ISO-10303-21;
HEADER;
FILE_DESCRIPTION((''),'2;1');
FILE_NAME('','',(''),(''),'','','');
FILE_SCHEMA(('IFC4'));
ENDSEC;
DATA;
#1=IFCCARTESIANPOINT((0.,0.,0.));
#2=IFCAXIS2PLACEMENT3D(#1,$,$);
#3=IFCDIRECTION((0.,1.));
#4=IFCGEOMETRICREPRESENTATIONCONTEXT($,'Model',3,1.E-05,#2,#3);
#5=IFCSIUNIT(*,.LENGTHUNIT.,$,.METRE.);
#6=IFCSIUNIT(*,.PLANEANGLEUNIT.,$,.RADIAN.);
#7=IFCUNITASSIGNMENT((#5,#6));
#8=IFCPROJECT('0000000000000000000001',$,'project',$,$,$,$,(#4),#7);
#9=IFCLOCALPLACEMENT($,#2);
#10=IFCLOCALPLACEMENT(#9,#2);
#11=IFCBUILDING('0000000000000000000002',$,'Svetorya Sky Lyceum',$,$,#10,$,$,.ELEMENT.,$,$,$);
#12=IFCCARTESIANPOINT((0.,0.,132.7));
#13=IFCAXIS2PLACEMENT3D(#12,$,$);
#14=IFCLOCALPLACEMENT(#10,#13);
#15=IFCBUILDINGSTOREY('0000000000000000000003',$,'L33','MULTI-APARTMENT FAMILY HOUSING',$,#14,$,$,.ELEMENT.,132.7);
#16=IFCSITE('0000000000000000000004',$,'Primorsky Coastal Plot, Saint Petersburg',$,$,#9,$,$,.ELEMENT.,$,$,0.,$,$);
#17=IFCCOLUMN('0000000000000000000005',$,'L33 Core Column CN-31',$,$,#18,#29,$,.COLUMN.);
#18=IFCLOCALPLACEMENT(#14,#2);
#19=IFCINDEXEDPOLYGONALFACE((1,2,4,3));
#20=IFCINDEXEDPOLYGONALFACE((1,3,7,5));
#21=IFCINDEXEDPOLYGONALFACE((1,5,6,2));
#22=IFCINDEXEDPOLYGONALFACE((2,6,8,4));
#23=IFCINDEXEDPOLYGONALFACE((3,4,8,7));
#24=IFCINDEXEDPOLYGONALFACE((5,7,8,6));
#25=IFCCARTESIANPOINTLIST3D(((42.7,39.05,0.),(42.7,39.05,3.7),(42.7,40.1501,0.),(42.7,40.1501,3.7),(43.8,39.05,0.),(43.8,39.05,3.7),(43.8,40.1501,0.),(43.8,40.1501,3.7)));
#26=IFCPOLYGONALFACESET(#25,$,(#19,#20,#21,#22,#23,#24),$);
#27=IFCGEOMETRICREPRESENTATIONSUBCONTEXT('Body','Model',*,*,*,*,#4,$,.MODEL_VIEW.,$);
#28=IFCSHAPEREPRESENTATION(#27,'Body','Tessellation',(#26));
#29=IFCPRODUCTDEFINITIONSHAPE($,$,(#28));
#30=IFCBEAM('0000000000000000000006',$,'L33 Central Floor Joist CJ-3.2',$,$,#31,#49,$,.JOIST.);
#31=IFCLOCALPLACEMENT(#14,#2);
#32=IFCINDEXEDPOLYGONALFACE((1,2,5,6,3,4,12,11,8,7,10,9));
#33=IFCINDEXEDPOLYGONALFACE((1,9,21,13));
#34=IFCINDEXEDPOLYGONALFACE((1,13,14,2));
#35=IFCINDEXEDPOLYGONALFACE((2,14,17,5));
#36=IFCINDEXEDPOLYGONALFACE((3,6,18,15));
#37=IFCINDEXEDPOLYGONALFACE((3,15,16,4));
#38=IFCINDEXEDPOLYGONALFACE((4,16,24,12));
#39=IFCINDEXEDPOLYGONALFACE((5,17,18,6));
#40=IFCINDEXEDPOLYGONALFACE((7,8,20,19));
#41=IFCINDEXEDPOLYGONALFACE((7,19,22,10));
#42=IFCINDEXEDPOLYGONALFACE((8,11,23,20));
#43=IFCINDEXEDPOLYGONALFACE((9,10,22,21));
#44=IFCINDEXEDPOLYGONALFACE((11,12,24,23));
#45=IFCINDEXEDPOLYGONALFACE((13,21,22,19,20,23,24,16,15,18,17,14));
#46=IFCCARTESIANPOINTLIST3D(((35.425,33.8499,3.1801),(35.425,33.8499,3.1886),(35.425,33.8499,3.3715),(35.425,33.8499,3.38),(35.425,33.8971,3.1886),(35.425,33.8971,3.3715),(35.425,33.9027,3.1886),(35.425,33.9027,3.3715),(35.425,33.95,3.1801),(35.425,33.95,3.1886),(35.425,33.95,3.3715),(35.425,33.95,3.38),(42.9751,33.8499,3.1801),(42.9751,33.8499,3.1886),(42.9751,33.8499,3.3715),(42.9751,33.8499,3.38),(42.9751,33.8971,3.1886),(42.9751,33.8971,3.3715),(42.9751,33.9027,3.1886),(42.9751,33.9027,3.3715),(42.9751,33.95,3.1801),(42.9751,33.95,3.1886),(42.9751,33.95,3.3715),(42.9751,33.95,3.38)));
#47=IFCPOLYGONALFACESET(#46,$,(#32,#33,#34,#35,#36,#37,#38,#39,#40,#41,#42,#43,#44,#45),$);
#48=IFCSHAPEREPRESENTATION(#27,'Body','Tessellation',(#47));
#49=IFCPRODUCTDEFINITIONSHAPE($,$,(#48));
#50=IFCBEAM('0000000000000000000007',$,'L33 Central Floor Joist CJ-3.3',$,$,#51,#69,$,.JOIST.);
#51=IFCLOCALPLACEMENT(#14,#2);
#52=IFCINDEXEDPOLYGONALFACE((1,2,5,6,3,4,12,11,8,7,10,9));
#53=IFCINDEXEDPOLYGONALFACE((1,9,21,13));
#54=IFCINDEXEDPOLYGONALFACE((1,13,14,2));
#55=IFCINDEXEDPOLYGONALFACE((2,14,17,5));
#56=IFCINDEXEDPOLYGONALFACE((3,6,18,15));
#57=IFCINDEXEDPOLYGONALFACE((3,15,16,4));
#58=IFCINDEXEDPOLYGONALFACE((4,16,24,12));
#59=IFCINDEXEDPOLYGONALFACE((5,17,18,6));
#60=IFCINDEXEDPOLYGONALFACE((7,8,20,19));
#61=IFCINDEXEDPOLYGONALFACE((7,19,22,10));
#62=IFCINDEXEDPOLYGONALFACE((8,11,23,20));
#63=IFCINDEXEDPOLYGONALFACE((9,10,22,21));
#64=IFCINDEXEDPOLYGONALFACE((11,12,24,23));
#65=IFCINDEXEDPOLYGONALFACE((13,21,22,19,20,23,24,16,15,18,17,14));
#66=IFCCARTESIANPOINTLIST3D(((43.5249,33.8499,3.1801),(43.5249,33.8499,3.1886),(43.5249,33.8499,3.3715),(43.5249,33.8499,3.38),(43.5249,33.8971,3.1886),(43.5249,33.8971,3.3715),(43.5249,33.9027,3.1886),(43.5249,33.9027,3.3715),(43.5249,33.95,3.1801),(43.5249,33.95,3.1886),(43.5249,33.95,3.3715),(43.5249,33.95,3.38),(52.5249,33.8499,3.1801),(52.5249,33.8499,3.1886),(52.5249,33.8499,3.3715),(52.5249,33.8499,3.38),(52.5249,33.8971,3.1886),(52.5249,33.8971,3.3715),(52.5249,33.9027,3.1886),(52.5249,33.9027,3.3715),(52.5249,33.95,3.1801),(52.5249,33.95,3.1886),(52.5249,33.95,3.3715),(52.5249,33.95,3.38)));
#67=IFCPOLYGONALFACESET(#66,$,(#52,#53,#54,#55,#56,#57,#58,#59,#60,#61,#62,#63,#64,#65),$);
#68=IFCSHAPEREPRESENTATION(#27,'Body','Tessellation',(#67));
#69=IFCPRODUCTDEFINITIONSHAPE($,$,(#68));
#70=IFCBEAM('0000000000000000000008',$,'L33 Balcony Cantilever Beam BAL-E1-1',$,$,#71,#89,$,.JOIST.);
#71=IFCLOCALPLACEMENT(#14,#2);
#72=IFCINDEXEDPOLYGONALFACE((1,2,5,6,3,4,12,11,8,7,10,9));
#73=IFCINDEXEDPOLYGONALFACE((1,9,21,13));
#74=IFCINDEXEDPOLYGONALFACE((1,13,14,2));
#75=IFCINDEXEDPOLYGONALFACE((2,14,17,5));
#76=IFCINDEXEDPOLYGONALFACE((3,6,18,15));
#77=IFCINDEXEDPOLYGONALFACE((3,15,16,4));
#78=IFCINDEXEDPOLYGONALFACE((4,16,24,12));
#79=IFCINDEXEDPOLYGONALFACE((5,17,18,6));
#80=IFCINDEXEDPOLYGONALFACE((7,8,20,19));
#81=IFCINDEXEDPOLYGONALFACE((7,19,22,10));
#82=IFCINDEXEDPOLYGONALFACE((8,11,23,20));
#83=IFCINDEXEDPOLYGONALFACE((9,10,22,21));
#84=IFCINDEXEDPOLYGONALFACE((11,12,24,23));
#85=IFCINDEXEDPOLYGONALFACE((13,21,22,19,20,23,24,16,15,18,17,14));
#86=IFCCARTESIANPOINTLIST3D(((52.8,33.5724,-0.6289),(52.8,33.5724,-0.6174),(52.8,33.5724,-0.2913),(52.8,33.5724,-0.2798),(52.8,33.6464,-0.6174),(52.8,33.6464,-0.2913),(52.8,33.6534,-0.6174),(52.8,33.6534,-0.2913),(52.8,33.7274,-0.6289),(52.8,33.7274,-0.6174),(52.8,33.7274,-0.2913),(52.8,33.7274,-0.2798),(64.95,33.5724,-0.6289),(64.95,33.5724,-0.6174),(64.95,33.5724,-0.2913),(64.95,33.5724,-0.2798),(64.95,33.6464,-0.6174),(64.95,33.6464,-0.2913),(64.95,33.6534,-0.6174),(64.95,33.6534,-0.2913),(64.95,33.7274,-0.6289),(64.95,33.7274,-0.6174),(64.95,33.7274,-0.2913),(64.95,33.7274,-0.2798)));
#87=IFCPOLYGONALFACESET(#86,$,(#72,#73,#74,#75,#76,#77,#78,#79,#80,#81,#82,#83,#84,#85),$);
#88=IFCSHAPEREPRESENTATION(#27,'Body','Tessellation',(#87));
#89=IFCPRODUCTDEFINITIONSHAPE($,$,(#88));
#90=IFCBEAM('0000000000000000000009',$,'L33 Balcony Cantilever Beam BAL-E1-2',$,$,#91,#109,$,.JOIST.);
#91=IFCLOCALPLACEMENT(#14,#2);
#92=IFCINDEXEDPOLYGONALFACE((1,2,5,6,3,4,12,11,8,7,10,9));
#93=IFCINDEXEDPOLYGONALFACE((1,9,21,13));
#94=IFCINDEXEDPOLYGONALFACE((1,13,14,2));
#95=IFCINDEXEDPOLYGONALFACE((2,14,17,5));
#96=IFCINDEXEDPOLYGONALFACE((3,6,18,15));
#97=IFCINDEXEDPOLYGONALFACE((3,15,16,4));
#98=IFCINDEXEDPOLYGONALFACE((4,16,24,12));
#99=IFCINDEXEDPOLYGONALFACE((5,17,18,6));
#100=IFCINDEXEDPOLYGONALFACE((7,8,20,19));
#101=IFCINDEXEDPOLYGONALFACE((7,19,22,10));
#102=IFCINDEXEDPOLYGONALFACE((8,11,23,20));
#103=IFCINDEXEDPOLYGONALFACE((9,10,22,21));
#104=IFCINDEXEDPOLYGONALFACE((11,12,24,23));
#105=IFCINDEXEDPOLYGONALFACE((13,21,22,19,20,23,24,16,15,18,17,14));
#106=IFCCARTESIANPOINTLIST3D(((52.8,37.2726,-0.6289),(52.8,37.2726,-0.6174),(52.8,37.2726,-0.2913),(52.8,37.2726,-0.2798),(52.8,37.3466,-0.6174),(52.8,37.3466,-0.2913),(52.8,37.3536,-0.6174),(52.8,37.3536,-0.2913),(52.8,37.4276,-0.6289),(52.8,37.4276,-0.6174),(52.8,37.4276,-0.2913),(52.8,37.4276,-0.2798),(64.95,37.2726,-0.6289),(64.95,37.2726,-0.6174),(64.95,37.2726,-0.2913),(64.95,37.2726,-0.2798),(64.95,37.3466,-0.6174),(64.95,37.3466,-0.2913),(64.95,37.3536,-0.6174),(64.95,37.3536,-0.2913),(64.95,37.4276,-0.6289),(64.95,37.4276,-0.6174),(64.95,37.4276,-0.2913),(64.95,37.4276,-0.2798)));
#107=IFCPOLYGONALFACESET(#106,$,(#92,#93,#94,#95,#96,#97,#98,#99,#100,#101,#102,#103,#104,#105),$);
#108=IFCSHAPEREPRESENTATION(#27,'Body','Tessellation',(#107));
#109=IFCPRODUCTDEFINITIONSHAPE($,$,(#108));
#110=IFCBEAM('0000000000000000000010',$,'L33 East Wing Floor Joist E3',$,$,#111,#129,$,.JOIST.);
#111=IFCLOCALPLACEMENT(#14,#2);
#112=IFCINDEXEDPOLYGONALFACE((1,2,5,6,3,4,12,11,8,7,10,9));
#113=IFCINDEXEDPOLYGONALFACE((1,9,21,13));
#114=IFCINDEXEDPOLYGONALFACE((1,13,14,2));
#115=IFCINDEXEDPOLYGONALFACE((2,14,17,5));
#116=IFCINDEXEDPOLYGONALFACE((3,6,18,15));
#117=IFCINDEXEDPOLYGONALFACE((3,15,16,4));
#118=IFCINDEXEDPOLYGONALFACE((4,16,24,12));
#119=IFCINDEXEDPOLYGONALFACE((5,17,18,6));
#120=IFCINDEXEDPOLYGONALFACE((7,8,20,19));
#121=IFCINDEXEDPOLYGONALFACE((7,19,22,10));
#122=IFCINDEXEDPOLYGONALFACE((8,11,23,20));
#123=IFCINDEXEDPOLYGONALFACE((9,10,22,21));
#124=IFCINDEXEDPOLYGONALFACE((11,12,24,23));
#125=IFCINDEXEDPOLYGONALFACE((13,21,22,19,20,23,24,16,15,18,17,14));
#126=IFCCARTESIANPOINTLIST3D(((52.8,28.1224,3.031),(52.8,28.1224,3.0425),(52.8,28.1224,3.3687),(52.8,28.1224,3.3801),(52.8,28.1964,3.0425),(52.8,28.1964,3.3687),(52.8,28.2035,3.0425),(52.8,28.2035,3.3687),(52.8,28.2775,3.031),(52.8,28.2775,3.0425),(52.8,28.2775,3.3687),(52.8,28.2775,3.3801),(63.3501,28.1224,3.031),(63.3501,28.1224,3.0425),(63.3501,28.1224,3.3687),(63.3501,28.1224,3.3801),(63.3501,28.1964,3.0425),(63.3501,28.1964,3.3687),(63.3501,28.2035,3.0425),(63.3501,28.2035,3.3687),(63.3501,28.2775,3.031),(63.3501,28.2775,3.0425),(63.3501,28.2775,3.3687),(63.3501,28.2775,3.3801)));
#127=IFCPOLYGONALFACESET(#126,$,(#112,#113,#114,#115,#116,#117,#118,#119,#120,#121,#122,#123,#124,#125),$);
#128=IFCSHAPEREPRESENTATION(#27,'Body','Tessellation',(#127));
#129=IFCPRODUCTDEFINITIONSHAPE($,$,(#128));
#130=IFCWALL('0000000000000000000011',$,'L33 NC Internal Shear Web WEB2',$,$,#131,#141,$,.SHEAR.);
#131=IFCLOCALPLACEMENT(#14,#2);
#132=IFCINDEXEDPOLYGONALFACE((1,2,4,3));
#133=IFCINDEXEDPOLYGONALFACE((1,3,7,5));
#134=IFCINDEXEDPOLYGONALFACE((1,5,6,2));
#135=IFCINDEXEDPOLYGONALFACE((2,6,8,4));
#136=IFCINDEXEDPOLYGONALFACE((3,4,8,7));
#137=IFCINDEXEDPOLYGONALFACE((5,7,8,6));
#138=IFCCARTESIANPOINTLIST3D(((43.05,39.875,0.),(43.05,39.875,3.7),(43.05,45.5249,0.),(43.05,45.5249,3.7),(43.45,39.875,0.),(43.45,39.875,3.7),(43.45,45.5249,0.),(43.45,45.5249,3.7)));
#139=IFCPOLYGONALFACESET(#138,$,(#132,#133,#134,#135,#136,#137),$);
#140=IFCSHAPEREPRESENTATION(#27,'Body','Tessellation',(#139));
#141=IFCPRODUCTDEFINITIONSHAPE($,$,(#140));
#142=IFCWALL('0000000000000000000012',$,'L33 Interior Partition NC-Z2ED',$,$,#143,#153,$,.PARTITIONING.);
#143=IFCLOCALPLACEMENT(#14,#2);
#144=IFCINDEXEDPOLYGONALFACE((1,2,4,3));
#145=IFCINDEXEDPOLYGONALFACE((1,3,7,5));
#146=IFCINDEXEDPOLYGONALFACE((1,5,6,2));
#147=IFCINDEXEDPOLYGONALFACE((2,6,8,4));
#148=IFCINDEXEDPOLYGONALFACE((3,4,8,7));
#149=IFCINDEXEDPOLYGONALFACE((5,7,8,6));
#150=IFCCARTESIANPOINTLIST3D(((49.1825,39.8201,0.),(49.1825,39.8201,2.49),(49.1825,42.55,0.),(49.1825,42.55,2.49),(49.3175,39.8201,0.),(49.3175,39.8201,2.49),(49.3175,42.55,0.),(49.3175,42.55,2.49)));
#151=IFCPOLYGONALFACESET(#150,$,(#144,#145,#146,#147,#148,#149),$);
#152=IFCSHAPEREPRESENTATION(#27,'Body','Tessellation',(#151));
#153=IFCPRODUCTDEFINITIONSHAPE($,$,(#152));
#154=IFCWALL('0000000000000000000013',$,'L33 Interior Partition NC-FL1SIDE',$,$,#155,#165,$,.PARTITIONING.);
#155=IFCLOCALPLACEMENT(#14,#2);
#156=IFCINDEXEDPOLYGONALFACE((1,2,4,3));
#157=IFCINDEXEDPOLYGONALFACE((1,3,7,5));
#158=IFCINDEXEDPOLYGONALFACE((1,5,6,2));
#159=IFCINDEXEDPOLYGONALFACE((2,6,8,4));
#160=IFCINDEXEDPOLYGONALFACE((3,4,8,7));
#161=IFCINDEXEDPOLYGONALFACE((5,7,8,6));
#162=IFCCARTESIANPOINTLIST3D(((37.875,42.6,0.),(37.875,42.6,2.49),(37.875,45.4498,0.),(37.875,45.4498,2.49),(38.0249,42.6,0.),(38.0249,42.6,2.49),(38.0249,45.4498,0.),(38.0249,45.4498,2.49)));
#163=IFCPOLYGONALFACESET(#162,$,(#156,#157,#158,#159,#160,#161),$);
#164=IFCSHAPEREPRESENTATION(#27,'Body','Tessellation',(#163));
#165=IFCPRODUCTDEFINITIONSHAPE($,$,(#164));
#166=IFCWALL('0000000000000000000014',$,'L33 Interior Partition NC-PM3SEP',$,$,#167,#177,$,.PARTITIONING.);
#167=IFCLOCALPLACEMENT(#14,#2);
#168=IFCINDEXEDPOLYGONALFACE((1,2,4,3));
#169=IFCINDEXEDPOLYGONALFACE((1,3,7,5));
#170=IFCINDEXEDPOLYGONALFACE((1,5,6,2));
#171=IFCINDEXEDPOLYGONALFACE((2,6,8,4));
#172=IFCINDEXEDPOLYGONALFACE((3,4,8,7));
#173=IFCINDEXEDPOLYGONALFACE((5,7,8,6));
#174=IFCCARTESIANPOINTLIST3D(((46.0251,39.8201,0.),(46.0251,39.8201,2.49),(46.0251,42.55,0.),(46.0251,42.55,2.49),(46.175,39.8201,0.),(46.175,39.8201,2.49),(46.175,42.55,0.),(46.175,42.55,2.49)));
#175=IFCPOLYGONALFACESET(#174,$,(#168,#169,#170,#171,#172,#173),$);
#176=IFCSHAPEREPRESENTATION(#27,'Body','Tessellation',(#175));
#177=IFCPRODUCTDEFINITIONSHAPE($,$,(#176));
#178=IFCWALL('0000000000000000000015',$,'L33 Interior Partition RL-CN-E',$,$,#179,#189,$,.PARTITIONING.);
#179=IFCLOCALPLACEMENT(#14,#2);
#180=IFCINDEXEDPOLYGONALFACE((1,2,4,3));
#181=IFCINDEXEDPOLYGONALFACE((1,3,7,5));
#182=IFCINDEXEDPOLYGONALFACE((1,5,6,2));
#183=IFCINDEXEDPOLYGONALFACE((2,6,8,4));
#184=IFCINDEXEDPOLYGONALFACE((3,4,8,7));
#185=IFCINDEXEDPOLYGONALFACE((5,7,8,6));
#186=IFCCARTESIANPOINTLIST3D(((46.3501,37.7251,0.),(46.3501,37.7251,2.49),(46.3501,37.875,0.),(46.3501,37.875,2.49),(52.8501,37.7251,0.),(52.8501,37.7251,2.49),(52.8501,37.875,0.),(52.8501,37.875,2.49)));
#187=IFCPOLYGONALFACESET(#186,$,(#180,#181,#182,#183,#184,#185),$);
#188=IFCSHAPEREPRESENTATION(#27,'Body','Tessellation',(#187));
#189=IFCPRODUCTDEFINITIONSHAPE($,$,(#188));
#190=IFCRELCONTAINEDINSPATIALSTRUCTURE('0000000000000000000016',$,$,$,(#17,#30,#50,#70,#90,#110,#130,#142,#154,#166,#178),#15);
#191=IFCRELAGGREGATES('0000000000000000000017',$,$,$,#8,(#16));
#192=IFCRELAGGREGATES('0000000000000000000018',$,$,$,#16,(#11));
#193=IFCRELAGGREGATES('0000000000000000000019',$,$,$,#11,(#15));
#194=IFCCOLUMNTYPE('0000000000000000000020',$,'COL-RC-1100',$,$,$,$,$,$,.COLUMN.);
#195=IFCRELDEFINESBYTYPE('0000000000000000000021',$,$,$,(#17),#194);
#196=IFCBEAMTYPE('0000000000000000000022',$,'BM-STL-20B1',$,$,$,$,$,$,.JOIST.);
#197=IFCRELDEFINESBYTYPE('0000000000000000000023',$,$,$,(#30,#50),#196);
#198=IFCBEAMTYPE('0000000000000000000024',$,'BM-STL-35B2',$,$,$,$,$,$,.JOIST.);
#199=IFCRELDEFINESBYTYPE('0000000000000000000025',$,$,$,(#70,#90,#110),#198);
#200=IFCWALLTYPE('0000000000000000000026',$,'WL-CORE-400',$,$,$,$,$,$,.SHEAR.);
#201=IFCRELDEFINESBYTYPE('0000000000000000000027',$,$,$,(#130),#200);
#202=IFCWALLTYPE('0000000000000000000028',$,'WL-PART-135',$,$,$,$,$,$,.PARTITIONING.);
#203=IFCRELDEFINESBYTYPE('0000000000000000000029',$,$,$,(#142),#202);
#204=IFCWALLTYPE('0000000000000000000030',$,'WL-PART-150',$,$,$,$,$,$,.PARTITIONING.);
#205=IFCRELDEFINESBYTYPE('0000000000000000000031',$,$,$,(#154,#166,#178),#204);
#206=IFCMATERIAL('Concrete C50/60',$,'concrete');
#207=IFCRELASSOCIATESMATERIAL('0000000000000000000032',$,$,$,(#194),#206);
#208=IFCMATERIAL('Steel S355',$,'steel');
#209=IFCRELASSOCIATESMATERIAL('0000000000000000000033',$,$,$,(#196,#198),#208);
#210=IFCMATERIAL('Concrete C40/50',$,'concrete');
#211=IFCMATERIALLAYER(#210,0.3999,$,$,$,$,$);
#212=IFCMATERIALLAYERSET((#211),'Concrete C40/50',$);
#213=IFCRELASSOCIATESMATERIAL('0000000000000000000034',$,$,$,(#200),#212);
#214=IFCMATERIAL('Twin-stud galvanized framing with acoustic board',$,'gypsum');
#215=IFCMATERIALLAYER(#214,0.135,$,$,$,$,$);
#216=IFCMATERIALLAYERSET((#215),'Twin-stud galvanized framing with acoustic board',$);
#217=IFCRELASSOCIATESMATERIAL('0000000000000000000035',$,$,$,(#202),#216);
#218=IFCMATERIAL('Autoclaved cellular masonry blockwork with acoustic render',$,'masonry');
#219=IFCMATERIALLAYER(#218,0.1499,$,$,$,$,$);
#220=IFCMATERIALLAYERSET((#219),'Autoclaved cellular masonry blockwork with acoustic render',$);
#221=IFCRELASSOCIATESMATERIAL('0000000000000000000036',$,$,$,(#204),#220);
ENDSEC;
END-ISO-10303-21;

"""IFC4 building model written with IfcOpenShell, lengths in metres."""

from ifc_helpers import new_model, si_unit, direction, frame, frame_2d, origin, origin_2d, place, context, subcontext, project, spatial, rectangle, i_section, extrude, material, layer, layer_set, material_profile, profile_set, type_object, element, save


model = new_model("IFC4")

# Units and contexts
model_context = context("Model", 3, precision=1e-05, world=origin(), true_north=direction((0.0, 1.0)))
body_context = subcontext(model_context, "Body", "Model", "MODEL_VIEW")
ifc_project = project(units=[si_unit("LENGTHUNIT", "METRE"), si_unit("PLANEANGLEUNIT", "RADIAN")], contexts=[model_context])

# Site, building, storey
site_placement = place(None, origin())
site = spatial("IfcSite", under=ifc_project, at=site_placement, Name="Primorsky Coastal Plot, Saint Petersburg", CompositionType="ELEMENT", RefElevation=0.0)
building_placement = place(site_placement, origin())
building = spatial("IfcBuilding", under=site, at=building_placement, Name="Svetorya Sky Lyceum", CompositionType="ELEMENT")
storey_placement = place(building_placement, frame((0.0, 0.0, 132.7)))
storey = spatial("IfcBuildingStorey", under=building, at=storey_placement, Name="L33", Description="MULTI-APARTMENT FAMILY HOUSING", CompositionType="ELEMENT", Elevation=132.7)

# Column
ifc_material_1 = material(Name="Concrete C50/60", Category="concrete")
ifc_material_profile_1 = material_profile(ifc_material_1, rectangle(XDim=1.1001, YDim=1.1001, at=origin_2d()), Name="RC COL 1100x1100")
ifc_profile_set_1 = profile_set([ifc_material_profile_1], Name="Concrete C50/60")
column_type = type_object("IfcColumnType", Name="COL-RC-1100", PredefinedType="COLUMN", material=ifc_profile_set_1)
column_placement = place(storey_placement, frame((43.25, 39.6001, 0.0), z_axis=(0.0, 0.0, 1.0), x_axis=(1.0, 0.0, 0.0)))
element("IfcColumn", 1, at=column_placement, inside=storey, type_object=column_type, Name="L33 Core Column CN-31", PredefinedType="COLUMN", context=body_context, shape_type="SweptSolid", body=[
    extrude(rectangle(XDim=1.1001, YDim=1.1001, at=origin_2d()), origin(), (0.0, 0.0, 1.0), 3.7),
])

# Beams
ifc_material_2 = material(Name="Steel S355", Category="steel")
ifc_material_profile_2 = material_profile(ifc_material_2, i_section(OverallWidth=0.1001, OverallDepth=0.2, WebThickness=0.0056, FlangeThickness=0.0085, at=origin_2d()), Name="GOST 20B1")
ifc_profile_set_2 = profile_set([ifc_material_profile_2], Name="Steel S355")
beam_type_1 = type_object("IfcBeamType", Name="BM-STL-20B1", PredefinedType="JOIST", material=ifc_profile_set_2)
beam_1_placement = place(storey_placement, frame((35.425, 33.8999, 3.28), z_axis=(1.0, 0.0, 0.0), x_axis=(0.0, 1.0, 0.0)))
element("IfcBeam", 2, at=beam_1_placement, inside=storey, type_object=beam_type_1, Name="L33 Central Floor Joist CJ-3.2", PredefinedType="JOIST", context=body_context, shape_type="SweptSolid", body=[
    extrude(i_section(OverallWidth=0.1001, OverallDepth=0.2, WebThickness=0.0056, FlangeThickness=0.0085, at=origin_2d()), origin(), (0.0, 0.0, 1.0), 7.55),
])
beam_2_placement = place(storey_placement, frame((43.5249, 33.8999, 3.28), z_axis=(1.0, 0.0, 0.0), x_axis=(0.0, 1.0, 0.0)))
element("IfcBeam", 3, at=beam_2_placement, inside=storey, type_object=beam_type_1, Name="L33 Central Floor Joist CJ-3.3", PredefinedType="JOIST", context=body_context, shape_type="SweptSolid", body=[
    extrude(i_section(OverallWidth=0.1001, OverallDepth=0.2, WebThickness=0.0056, FlangeThickness=0.0085, at=origin_2d()), origin(), (0.0, 0.0, 1.0), 9.0),
])
ifc_material_profile_3 = material_profile(ifc_material_2, i_section(OverallWidth=0.155, OverallDepth=0.3491, WebThickness=0.0071, FlangeThickness=0.0115, at=origin_2d()), Name="GOST 35B2")
ifc_profile_set_3 = profile_set([ifc_material_profile_3], Name="Steel S355")
beam_type_2 = type_object("IfcBeamType", Name="BM-STL-35B2", PredefinedType="JOIST", material=ifc_profile_set_3)
for number, where, z_axis, x_axis, name in (
    (4, (52.8, 33.6499, -0.4543), (1.0, 0.0, 0.0), (0.0, 1.0, 0.0), "L33 Balcony Cantilever Beam BAL-E1-1"),
    (5, (52.8, 37.3501, -0.4543), (1.0, 0.0, 0.0), (0.0, 1.0, 0.0), "L33 Balcony Cantilever Beam BAL-E1-2"),
):
    element("IfcBeam", number, at=place(storey_placement, frame(where, z_axis=z_axis, x_axis=x_axis)), inside=storey, type_object=beam_type_2, Name=name, PredefinedType="JOIST", context=body_context, shape_type="SweptSolid", body=[
        extrude(i_section(OverallWidth=0.155, OverallDepth=0.3491, WebThickness=0.0071, FlangeThickness=0.0115, at=origin_2d()), origin(), (0.0, 0.0, 1.0), 12.1499),
    ])
beam_3_placement = place(storey_placement, frame((52.8, 28.2, 3.2056), z_axis=(1.0, 0.0, 0.0), x_axis=(0.0, 1.0, 0.0)))
element("IfcBeam", 6, at=beam_3_placement, inside=storey, type_object=beam_type_2, Name="L33 East Wing Floor Joist E3", PredefinedType="JOIST", context=body_context, shape_type="SweptSolid", body=[
    extrude(i_section(OverallWidth=0.155, OverallDepth=0.3491, WebThickness=0.0071, FlangeThickness=0.0115, at=origin_2d()), origin(), (0.0, 0.0, 1.0), 10.55),
])

# Wall
ifc_material_3 = material(Name="Concrete C40/50", Category="concrete")
ifc_layer_1 = layer(ifc_material_3, 0.3999)
ifc_layer_set_1 = layer_set([ifc_layer_1], Name="Concrete C40/50")
wall_type_1 = type_object("IfcWallType", Name="WL-CORE-400", PredefinedType="SHEAR", material=ifc_layer_set_1)
wall_1_placement = place(storey_placement, frame((43.25, 39.875, 0.0), z_axis=(0.0, 0.0, 1.0), x_axis=(0.0, 1.0, 0.0)))
element("IfcWall", 7, at=wall_1_placement, inside=storey, type_object=wall_type_1, Name="L33 NC Internal Shear Web WEB2", PredefinedType="SHEAR", context=body_context, shape_type="SweptSolid", body=[
    extrude(rectangle(XDim=5.6499, YDim=0.3999, at=frame_2d((2.825, 0.0))), origin(), (0.0, 0.0, 1.0), 3.7),
])

# Walls
ifc_material_4 = material(Name="Twin-stud galvanized framing with acoustic board", Category="gypsum")
ifc_layer_2 = layer(ifc_material_4, 0.135)
ifc_layer_set_2 = layer_set([ifc_layer_2], Name="Twin-stud galvanized framing with acoustic board")
wall_type_2 = type_object("IfcWallType", Name="WL-PART-135", PredefinedType="PARTITIONING", material=ifc_layer_set_2)
wall_2_placement = place(storey_placement, frame((49.25, 39.8201, 0.0), z_axis=(0.0, 0.0, 1.0), x_axis=(0.0, 1.0, 0.0)))
element("IfcWall", 8, at=wall_2_placement, inside=storey, type_object=wall_type_2, Name="L33 Interior Partition NC-Z2ED", PredefinedType="PARTITIONING", context=body_context, shape_type="SweptSolid", body=[
    extrude(rectangle(XDim=2.73, YDim=0.135, at=frame_2d((1.365, 0.0))), origin(), (0.0, 0.0, 1.0), 2.49),
])
ifc_material_5 = material(Name="Autoclaved cellular masonry blockwork with acoustic render", Category="masonry")
ifc_layer_3 = layer(ifc_material_5, 0.1499)
ifc_layer_set_3 = layer_set([ifc_layer_3], Name="Autoclaved cellular masonry blockwork with acoustic render")
wall_type_3 = type_object("IfcWallType", Name="WL-PART-150", PredefinedType="PARTITIONING", material=ifc_layer_set_3)
wall_3_placement = place(storey_placement, frame((37.95, 42.6001, 0.0), z_axis=(0.0, 0.0, 1.0), x_axis=(0.0, 1.0, 0.0)))
element("IfcWall", 9, at=wall_3_placement, inside=storey, type_object=wall_type_3, Name="L33 Interior Partition NC-FL1SIDE", PredefinedType="PARTITIONING", context=body_context, shape_type="SweptSolid", body=[
    extrude(rectangle(XDim=2.8499, YDim=0.1499, at=frame_2d((1.4248, 0.0))), origin(), (0.0, 0.0, 1.0), 2.49),
])
wall_4_placement = place(storey_placement, frame((46.1001, 39.8201, 0.0), z_axis=(0.0, 0.0, 1.0), x_axis=(0.0, 1.0, 0.0)))
element("IfcWall", 10, at=wall_4_placement, inside=storey, type_object=wall_type_3, Name="L33 Interior Partition NC-PM3SEP", PredefinedType="PARTITIONING", context=body_context, shape_type="SweptSolid", body=[
    extrude(rectangle(XDim=2.73, YDim=0.1499, at=frame_2d((1.365, 0.0))), origin(), (0.0, 0.0, 1.0), 2.49),
])
wall_5_placement = place(storey_placement, frame((46.3501, 37.8, 0.0), z_axis=(0.0, 0.0, 1.0), x_axis=(1.0, 0.0, 0.0)))
element("IfcWall", 11, at=wall_5_placement, inside=storey, type_object=wall_type_3, Name="L33 Interior Partition RL-CN-E", PredefinedType="PARTITIONING", context=body_context, shape_type="SweptSolid", body=[
    extrude(rectangle(XDim=6.5, YDim=0.1499, at=frame_2d((3.25, 0.0))), origin(), (0.0, 0.0, 1.0), 2.49),
])

save(model, "model.ifc")
